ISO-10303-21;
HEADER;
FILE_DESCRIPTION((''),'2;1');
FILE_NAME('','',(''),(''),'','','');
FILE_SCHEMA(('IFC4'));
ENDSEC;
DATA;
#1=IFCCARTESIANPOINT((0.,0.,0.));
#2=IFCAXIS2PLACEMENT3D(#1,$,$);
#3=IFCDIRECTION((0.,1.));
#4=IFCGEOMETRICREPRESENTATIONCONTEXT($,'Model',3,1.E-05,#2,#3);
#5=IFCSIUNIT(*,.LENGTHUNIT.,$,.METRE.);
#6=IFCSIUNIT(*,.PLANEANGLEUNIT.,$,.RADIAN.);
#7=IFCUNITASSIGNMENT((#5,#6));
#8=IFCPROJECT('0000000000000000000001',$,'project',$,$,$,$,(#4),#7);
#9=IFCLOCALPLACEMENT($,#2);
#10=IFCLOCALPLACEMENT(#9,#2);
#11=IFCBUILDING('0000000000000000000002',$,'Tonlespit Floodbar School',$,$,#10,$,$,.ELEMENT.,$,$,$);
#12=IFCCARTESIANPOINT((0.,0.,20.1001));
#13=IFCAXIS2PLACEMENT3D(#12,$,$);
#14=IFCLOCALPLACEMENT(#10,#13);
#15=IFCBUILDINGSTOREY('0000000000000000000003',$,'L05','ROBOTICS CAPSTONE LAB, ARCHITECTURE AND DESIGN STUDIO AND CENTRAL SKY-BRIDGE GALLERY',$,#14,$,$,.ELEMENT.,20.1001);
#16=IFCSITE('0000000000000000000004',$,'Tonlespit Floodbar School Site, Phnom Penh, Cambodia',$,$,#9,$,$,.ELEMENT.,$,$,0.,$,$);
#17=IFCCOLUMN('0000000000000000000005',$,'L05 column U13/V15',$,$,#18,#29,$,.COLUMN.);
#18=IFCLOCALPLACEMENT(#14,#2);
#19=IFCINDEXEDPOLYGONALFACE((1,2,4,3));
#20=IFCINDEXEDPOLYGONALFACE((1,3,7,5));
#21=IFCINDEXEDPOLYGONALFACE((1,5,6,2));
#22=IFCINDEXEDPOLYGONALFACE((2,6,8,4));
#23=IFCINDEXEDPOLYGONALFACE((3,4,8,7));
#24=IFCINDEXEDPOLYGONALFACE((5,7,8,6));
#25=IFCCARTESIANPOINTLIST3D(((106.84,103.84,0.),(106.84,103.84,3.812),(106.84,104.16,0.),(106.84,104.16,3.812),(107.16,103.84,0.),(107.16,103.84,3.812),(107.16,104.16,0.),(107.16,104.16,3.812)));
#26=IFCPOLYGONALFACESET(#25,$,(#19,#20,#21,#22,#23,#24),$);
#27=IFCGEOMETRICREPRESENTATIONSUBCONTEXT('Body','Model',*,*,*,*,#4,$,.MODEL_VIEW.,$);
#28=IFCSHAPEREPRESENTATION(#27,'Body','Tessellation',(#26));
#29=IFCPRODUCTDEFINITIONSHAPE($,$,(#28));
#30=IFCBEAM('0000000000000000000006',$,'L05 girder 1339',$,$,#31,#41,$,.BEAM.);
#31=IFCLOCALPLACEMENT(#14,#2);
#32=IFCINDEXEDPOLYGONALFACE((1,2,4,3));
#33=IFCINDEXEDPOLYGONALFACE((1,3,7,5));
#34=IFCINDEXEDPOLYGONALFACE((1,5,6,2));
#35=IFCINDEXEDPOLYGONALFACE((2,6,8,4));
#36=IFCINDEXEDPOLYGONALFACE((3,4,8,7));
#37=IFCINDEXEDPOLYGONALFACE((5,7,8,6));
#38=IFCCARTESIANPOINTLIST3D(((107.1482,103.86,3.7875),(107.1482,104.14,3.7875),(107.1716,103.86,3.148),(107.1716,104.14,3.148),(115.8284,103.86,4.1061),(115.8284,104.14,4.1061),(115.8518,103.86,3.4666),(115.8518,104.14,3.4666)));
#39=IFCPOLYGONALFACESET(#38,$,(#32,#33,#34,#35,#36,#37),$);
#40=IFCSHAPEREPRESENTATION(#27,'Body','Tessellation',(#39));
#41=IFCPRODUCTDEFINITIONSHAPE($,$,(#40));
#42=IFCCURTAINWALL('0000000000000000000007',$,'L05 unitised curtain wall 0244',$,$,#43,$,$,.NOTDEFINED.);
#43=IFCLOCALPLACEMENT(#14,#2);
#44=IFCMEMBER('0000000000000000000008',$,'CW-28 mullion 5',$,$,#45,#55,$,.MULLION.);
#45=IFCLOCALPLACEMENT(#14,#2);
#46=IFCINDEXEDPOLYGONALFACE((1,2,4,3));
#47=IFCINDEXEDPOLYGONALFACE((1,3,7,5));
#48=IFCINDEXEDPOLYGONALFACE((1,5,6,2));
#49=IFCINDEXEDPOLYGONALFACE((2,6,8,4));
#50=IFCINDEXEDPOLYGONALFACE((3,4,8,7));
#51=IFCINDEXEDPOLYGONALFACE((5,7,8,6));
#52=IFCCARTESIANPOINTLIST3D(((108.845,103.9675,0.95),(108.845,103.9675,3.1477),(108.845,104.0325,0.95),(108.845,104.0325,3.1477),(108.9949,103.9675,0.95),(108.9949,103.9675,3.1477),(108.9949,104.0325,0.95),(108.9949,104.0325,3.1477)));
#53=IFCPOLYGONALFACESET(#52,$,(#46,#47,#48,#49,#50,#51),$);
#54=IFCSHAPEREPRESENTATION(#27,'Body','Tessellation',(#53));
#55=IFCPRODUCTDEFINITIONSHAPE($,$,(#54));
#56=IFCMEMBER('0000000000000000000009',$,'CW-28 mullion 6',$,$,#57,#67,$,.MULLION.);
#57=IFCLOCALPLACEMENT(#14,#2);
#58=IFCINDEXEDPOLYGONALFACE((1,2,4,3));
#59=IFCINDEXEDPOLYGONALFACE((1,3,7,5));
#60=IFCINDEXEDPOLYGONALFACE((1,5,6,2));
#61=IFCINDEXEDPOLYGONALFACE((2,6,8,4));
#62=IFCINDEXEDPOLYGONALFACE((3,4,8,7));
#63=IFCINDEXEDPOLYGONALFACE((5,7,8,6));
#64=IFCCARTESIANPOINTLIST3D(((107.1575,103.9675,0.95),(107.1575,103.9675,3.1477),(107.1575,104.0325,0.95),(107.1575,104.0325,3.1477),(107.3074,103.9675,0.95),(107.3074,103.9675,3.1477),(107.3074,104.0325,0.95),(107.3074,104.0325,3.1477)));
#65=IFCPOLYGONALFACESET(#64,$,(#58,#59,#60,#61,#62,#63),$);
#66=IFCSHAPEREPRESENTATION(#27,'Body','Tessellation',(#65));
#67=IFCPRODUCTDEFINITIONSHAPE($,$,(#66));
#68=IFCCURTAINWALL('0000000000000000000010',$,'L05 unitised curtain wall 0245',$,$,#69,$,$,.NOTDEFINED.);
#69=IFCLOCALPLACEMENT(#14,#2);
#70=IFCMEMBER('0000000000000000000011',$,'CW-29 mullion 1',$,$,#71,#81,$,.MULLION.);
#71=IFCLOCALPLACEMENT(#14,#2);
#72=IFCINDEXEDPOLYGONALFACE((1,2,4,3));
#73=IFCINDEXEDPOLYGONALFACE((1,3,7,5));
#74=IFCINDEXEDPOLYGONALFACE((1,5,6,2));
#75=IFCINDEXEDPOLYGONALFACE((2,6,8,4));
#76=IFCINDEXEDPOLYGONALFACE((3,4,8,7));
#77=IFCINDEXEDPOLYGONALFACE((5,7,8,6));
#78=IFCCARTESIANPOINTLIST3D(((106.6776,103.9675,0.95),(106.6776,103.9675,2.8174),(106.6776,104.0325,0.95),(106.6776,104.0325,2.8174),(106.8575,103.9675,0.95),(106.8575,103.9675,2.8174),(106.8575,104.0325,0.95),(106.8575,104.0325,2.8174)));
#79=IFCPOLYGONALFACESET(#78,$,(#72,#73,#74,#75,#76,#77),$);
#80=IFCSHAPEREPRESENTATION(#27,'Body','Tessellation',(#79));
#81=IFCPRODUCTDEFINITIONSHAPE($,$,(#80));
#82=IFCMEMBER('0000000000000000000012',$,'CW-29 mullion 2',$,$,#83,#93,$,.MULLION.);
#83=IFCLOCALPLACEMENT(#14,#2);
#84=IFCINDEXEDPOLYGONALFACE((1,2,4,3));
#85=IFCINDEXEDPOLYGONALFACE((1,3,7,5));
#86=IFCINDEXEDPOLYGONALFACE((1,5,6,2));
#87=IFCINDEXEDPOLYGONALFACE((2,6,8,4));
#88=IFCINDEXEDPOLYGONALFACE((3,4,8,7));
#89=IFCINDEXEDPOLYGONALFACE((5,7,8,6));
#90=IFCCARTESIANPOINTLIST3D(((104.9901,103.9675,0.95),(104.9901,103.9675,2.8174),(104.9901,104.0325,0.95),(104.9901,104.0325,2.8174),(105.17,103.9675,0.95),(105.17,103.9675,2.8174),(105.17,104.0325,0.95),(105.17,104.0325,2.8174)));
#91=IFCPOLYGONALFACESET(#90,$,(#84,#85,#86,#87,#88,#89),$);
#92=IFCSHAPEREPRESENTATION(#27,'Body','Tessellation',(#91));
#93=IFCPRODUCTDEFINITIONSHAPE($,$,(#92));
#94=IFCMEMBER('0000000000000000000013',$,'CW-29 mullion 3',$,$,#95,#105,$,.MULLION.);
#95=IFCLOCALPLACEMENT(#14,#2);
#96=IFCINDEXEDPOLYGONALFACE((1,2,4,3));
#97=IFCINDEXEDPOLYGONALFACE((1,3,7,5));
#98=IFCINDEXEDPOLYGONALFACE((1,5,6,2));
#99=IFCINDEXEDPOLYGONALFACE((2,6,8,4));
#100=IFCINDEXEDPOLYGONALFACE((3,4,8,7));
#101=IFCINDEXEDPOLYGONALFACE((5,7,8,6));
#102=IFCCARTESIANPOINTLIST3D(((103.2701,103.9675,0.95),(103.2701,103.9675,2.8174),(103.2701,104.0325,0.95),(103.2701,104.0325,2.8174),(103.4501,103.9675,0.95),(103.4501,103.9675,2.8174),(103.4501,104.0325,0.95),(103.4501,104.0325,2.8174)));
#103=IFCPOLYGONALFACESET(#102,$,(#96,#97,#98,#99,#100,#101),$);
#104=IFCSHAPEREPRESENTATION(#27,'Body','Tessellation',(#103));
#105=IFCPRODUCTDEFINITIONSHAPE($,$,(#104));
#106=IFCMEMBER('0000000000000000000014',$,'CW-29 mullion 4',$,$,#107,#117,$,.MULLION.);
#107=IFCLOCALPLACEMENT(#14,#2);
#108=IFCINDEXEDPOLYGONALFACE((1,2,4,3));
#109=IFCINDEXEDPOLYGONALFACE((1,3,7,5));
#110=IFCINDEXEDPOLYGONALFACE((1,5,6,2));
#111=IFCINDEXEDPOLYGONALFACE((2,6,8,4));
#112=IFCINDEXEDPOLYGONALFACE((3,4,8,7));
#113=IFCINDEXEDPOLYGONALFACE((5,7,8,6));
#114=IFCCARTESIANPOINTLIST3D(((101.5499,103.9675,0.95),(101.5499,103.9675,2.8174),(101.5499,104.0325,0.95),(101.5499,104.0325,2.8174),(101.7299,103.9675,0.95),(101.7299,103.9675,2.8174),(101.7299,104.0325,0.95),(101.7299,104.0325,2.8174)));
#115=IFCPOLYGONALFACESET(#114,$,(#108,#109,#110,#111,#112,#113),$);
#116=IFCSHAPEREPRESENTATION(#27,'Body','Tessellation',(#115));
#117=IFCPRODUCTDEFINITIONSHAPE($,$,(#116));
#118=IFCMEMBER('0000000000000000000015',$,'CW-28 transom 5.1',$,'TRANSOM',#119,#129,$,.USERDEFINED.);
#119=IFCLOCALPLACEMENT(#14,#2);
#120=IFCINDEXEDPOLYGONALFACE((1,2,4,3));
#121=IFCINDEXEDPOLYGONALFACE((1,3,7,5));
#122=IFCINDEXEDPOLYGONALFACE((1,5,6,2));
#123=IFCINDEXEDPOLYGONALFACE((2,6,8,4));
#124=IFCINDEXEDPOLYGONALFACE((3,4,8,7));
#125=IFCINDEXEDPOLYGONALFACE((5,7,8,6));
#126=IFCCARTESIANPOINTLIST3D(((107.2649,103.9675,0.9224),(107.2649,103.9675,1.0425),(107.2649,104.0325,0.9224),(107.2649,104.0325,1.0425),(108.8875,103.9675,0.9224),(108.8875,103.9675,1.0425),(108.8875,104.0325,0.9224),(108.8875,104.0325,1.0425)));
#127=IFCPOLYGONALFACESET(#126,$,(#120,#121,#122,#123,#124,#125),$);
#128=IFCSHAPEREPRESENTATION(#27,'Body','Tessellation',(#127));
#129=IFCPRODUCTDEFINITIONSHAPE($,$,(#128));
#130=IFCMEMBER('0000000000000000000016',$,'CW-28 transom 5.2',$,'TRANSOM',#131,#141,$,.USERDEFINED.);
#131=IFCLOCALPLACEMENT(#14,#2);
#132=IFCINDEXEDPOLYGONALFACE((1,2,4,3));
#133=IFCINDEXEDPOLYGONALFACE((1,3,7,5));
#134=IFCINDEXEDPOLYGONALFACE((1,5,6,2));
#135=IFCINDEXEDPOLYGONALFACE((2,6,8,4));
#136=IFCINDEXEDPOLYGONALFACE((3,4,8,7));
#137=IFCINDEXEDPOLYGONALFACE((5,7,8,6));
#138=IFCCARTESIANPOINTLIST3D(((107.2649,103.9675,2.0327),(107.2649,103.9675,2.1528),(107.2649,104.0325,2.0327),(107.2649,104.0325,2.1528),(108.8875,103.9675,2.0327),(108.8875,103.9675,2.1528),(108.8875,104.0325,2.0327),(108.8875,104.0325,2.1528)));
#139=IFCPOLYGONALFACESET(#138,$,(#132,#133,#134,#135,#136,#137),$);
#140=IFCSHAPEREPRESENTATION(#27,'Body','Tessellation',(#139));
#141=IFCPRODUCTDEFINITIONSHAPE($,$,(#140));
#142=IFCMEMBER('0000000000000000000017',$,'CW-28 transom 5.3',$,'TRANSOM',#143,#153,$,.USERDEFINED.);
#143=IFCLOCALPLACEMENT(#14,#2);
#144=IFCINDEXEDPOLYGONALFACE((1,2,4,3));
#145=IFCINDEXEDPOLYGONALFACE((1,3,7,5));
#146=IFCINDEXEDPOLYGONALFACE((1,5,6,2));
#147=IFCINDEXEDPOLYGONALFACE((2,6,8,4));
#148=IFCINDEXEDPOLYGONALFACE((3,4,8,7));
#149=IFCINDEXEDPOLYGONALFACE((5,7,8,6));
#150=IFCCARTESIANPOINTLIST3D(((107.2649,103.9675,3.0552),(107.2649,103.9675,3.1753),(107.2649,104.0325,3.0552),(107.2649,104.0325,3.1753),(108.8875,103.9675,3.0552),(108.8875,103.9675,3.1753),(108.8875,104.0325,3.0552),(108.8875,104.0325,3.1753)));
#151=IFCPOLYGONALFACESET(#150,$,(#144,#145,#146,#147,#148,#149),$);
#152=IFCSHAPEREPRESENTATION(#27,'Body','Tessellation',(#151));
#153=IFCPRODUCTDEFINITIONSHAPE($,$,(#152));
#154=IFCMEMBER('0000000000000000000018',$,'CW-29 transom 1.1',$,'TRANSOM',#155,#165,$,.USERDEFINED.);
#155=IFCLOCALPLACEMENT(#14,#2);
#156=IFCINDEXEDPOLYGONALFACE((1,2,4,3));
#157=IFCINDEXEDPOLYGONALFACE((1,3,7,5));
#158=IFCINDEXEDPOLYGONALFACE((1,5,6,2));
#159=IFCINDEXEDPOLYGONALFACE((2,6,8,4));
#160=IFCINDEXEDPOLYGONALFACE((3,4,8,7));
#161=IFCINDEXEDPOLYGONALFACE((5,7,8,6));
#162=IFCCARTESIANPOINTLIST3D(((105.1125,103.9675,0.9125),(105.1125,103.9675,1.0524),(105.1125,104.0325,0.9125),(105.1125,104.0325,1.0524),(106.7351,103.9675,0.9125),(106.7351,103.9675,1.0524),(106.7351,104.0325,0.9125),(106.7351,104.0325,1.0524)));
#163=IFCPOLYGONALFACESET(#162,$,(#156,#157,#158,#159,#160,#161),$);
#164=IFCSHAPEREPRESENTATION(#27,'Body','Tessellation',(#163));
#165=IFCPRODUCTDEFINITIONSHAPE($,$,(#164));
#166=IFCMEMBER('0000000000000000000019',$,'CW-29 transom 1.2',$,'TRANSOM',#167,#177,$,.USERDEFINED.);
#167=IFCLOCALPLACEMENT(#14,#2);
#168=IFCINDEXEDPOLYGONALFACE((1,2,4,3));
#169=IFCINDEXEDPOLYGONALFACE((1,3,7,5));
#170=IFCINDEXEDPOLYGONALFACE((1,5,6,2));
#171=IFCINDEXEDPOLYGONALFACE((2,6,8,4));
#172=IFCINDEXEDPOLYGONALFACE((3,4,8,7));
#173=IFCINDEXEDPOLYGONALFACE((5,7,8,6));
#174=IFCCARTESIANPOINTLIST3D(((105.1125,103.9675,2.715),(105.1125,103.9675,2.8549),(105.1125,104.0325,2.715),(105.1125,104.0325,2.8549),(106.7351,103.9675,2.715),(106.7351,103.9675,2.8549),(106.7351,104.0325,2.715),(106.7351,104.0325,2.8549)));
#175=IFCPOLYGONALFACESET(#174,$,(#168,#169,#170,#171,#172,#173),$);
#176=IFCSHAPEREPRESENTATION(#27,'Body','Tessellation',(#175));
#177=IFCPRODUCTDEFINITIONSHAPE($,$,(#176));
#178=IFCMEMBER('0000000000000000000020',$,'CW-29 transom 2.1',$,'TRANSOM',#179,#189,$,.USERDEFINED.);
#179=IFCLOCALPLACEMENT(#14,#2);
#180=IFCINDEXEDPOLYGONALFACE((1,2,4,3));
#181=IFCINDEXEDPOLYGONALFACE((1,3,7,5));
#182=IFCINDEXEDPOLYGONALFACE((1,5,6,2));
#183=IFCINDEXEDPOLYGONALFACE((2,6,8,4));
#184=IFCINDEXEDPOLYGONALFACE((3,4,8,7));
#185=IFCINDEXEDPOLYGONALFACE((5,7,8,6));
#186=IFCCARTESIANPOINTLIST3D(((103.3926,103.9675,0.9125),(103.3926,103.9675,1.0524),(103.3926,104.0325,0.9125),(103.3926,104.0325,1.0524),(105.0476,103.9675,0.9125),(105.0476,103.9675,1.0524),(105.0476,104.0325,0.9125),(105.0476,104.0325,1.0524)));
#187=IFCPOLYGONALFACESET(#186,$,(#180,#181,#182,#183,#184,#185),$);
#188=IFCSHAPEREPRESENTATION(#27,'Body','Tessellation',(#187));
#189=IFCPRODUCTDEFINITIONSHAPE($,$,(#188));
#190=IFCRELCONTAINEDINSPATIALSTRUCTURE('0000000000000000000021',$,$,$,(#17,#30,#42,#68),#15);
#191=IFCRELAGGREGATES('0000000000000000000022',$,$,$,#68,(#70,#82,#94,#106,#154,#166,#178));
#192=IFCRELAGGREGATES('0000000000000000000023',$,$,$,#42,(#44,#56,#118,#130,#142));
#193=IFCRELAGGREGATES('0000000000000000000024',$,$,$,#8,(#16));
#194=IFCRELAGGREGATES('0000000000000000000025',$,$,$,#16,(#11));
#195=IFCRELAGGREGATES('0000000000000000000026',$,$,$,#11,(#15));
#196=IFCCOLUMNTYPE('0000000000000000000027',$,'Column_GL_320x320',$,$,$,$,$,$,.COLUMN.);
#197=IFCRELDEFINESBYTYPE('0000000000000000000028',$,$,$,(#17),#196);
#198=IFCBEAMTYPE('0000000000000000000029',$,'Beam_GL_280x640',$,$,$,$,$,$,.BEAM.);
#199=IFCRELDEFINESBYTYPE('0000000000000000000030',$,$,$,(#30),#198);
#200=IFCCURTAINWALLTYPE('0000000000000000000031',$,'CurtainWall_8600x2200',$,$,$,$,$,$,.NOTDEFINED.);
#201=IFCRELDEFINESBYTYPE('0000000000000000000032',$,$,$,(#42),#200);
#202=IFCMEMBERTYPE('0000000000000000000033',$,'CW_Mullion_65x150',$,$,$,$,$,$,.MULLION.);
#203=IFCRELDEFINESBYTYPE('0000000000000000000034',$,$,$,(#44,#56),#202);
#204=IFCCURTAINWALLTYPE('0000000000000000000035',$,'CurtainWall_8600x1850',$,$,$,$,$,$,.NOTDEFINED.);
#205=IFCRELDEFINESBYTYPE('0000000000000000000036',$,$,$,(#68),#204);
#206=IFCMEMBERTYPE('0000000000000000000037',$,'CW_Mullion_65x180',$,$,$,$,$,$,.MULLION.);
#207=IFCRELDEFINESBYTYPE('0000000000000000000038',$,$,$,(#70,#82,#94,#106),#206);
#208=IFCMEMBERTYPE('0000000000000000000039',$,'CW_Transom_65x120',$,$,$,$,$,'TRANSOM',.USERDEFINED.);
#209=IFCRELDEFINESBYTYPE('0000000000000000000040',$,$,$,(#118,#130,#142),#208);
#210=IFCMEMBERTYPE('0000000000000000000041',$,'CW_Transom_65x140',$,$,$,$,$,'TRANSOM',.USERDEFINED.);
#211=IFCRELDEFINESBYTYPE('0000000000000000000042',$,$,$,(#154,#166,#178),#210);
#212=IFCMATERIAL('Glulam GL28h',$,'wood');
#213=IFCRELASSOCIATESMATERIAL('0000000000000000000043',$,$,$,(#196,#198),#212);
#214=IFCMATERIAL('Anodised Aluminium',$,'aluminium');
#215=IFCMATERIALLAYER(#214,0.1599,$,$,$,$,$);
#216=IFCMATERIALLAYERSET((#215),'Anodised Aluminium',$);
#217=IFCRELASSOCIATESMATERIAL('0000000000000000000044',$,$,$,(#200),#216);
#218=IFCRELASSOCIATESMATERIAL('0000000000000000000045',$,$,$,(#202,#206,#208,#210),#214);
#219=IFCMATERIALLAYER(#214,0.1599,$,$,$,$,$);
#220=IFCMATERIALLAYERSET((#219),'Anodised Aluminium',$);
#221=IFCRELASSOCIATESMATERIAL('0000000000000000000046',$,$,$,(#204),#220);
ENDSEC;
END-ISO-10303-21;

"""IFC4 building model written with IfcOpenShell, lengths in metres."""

from ifc_helpers import new_model, si_unit, direction, frame, origin, origin_2d, place, context, subcontext, project, spatial, rectangle, extrude, material, layer, layer_set, material_profile, profile_set, type_object, element, aggregate, save


model = new_model("IFC4")

# Units and contexts
model_context = context("Model", 3, precision=1e-05, world=origin(), true_north=direction((0.0, 1.0)))
body_context = subcontext(model_context, "Body", "Model", "MODEL_VIEW")
ifc_project = project(units=[si_unit("LENGTHUNIT", "METRE"), si_unit("PLANEANGLEUNIT", "RADIAN")], contexts=[model_context])

# Site, building, storey
site_placement = place(None, origin())
site = spatial("IfcSite", under=ifc_project, at=site_placement, Name="Tonlespit Floodbar School Site, Phnom Penh, Cambodia", CompositionType="ELEMENT", RefElevation=0.0)
building_placement = place(site_placement, origin())
building = spatial("IfcBuilding", under=site, at=building_placement, Name="Tonlespit Floodbar School", CompositionType="ELEMENT")
storey_placement = place(building_placement, frame((0.0, 0.0, 20.1001)))
storey = spatial("IfcBuildingStorey", under=building, at=storey_placement, Name="L05", Description="ROBOTICS CAPSTONE LAB, ARCHITECTURE AND DESIGN STUDIO AND CENTRAL SKY-BRIDGE GALLERY", CompositionType="ELEMENT", Elevation=20.1001)

# Column
ifc_material_1 = material(Name="Glulam GL28h", Category="wood")
ifc_material_profile_1 = material_profile(ifc_material_1, rectangle(XDim=0.3201, YDim=0.3201, at=origin_2d()), Name="GL 320x320")
ifc_profile_set_1 = profile_set([ifc_material_profile_1], Name="Glulam GL28h")
column_type = type_object("IfcColumnType", Name="Column_GL_320x320", PredefinedType="COLUMN", material=ifc_profile_set_1)
column_placement = place(storey_placement, frame((107.0, 104.0, 0.0), z_axis=(0.0, 0.0, 1.0), x_axis=(1.0, 0.0, 0.0)))
element("IfcColumn", 1, at=column_placement, inside=storey, type_object=column_type, Name="L05 column U13/V15", PredefinedType="COLUMN", context=body_context, shape_type="SweptSolid", body=[
    extrude(rectangle(XDim=0.3201, YDim=0.3201, at=origin_2d()), origin(), (0.0, 0.0, 1.0), 3.812),
])

# Beam
ifc_material_profile_2 = material_profile(ifc_material_1, rectangle(XDim=0.28, YDim=0.6399, at=origin_2d()), Name="GL 280x640")
ifc_profile_set_2 = profile_set([ifc_material_profile_2], Name="Glulam GL28h")
beam_type = type_object("IfcBeamType", Name="Beam_GL_280x640", PredefinedType="BEAM", material=ifc_profile_set_2)
beam_placement = place(storey_placement, frame((107.1599, 104.0, 3.4678), z_axis=(0.999327, 0.0, 0.03668), x_axis=(0.0, 1.0, 0.0)))
element("IfcBeam", 2, at=beam_placement, inside=storey, type_object=beam_type, Name="L05 girder 1339", PredefinedType="BEAM", context=body_context, shape_type="SweptSolid", body=[
    extrude(rectangle(XDim=0.28, YDim=0.6399, at=origin_2d()), origin(), (0.0, 0.0, 1.0), 8.686),
])

# Curtain walls, members
ifc_material_2 = material(Name="Anodised Aluminium", Category="aluminium")
ifc_layer_1 = layer(ifc_material_2, 0.1599)
ifc_layer_set_1 = layer_set([ifc_layer_1], Name="Anodised Aluminium")
curtain_wall_type_1 = type_object("IfcCurtainWallType", Name="CurtainWall_8600x2200", PredefinedType="NOTDEFINED", material=ifc_layer_set_1)
curtain_wall_1_placement = place(storey_placement, origin())
curtain_wall_1 = element("IfcCurtainWall", 3, at=curtain_wall_1_placement, inside=storey, type_object=curtain_wall_type_1, Name="L05 unitised curtain wall 0244", PredefinedType="NOTDEFINED")
ifc_material_profile_3 = material_profile(ifc_material_2, rectangle(XDim=0.0649, YDim=0.1499, at=origin_2d()), Name="ALU M65x150")
ifc_profile_set_3 = profile_set([ifc_material_profile_3], Name="Anodised Aluminium")
member_type_1 = type_object("IfcMemberType", Name="CW_Mullion_65x150", PredefinedType="MULLION", material=ifc_profile_set_3)
member_1_placement = place(storey_placement, frame((108.9199, 104.0, 0.95), z_axis=(0.0, 0.0, 1.0), x_axis=(0.0, -1.0, 0.0)))
member_1 = element("IfcMember", 4, at=member_1_placement, type_object=member_type_1, Name="CW-28 mullion 5", PredefinedType="MULLION", context=body_context, shape_type="SweptSolid", body=[
    extrude(rectangle(XDim=0.0649, YDim=0.1499, at=origin_2d()), origin(), (0.0, 0.0, 1.0), 2.1978),
])
member_2_placement = place(storey_placement, frame((107.2324, 104.0, 0.95), z_axis=(0.0, 0.0, 1.0), x_axis=(0.0, -1.0, 0.0)))
member_2 = element("IfcMember", 5, at=member_2_placement, type_object=member_type_1, Name="CW-28 mullion 6", PredefinedType="MULLION", context=body_context, shape_type="SweptSolid", body=[
    extrude(rectangle(XDim=0.0649, YDim=0.1499, at=origin_2d()), origin(), (0.0, 0.0, 1.0), 2.1978),
])
ifc_layer_2 = layer(ifc_material_2, 0.1599)
ifc_layer_set_2 = layer_set([ifc_layer_2], Name="Anodised Aluminium")
curtain_wall_type_2 = type_object("IfcCurtainWallType", Name="CurtainWall_8600x1850", PredefinedType="NOTDEFINED", material=ifc_layer_set_2)
curtain_wall_2_placement = place(storey_placement, origin())
curtain_wall_2 = element("IfcCurtainWall", 6, at=curtain_wall_2_placement, inside=storey, type_object=curtain_wall_type_2, Name="L05 unitised curtain wall 0245", PredefinedType="NOTDEFINED")
ifc_material_profile_4 = material_profile(ifc_material_2, rectangle(XDim=0.0649, YDim=0.1799, at=origin_2d()), Name="ALU M65x180")
ifc_profile_set_4 = profile_set([ifc_material_profile_4], Name="Anodised Aluminium")
member_type_2 = type_object("IfcMemberType", Name="CW_Mullion_65x180", PredefinedType="MULLION", material=ifc_profile_set_4)
member_3_placement = place(storey_placement, frame((106.7676, 104.0, 0.95), z_axis=(0.0, 0.0, 1.0), x_axis=(0.0, -1.0, 0.0)))
member_3 = element("IfcMember", 7, at=member_3_placement, type_object=member_type_2, Name="CW-29 mullion 1", PredefinedType="MULLION", context=body_context, shape_type="SweptSolid", body=[
    extrude(rectangle(XDim=0.0649, YDim=0.1799, at=origin_2d()), origin(), (0.0, 0.0, 1.0), 1.8674),
])
member_4_placement = place(storey_placement, frame((105.0801, 104.0, 0.95), z_axis=(0.0, 0.0, 1.0), x_axis=(0.0, -1.0, 0.0)))
member_4 = element("IfcMember", 8, at=member_4_placement, type_object=member_type_2, Name="CW-29 mullion 2", PredefinedType="MULLION", context=body_context, shape_type="SweptSolid", body=[
    extrude(rectangle(XDim=0.0649, YDim=0.1799, at=origin_2d()), origin(), (0.0, 0.0, 1.0), 1.8674),
])
member_5_placement = place(storey_placement, frame((103.3601, 104.0, 0.95), z_axis=(0.0, 0.0, 1.0), x_axis=(0.0, -1.0, 0.0)))
member_5 = element("IfcMember", 9, at=member_5_placement, type_object=member_type_2, Name="CW-29 mullion 3", PredefinedType="MULLION", context=body_context, shape_type="SweptSolid", body=[
    extrude(rectangle(XDim=0.0649, YDim=0.1799, at=origin_2d()), origin(), (0.0, 0.0, 1.0), 1.8674),
])
member_6_placement = place(storey_placement, frame((101.6399, 104.0, 0.95), z_axis=(0.0, 0.0, 1.0), x_axis=(0.0, -1.0, 0.0)))
member_6 = element("IfcMember", 10, at=member_6_placement, type_object=member_type_2, Name="CW-29 mullion 4", PredefinedType="MULLION", context=body_context, shape_type="SweptSolid", body=[
    extrude(rectangle(XDim=0.0649, YDim=0.1799, at=origin_2d()), origin(), (0.0, 0.0, 1.0), 1.8674),
])

# Members
ifc_material_profile_5 = material_profile(ifc_material_2, rectangle(XDim=0.0649, YDim=0.1201, at=origin_2d()), Name="ALU T65x120")
ifc_profile_set_5 = profile_set([ifc_material_profile_5], Name="Anodised Aluminium")
member_type_3 = type_object("IfcMemberType", Name="CW_Transom_65x120", ElementType="TRANSOM", PredefinedType="USERDEFINED", material=ifc_profile_set_5)
member_7_placement = place(storey_placement, frame((108.8875, 104.0, 0.9824), z_axis=(-1.0, 0.0, 0.0), x_axis=(0.0, -1.0, 0.0)))
member_7 = element("IfcMember", 11, at=member_7_placement, type_object=member_type_3, Name="CW-28 transom 5.1", ObjectType="TRANSOM", PredefinedType="USERDEFINED", context=body_context, shape_type="SweptSolid", body=[
    extrude(rectangle(XDim=0.0649, YDim=0.1201, at=origin_2d()), origin(), (0.0, 0.0, 1.0), 1.6226),
])
member_8_placement = place(storey_placement, frame((108.8875, 104.0, 2.0928), z_axis=(-1.0, 0.0, 0.0), x_axis=(0.0, -1.0, 0.0)))
member_8 = element("IfcMember", 12, at=member_8_placement, type_object=member_type_3, Name="CW-28 transom 5.2", ObjectType="TRANSOM", PredefinedType="USERDEFINED", context=body_context, shape_type="SweptSolid", body=[
    extrude(rectangle(XDim=0.0649, YDim=0.1201, at=origin_2d()), origin(), (0.0, 0.0, 1.0), 1.6226),
])
member_9_placement = place(storey_placement, frame((108.8875, 104.0, 3.1152), z_axis=(-1.0, 0.0, 0.0), x_axis=(0.0, -1.0, 0.0)))
member_9 = element("IfcMember", 13, at=member_9_placement, type_object=member_type_3, Name="CW-28 transom 5.3", ObjectType="TRANSOM", PredefinedType="USERDEFINED", context=body_context, shape_type="SweptSolid", body=[
    extrude(rectangle(XDim=0.0649, YDim=0.1201, at=origin_2d()), origin(), (0.0, 0.0, 1.0), 1.6226),
])
ifc_material_profile_6 = material_profile(ifc_material_2, rectangle(XDim=0.0649, YDim=0.1399, at=origin_2d()), Name="ALU T65x140")
ifc_profile_set_6 = profile_set([ifc_material_profile_6], Name="Anodised Aluminium")
member_type_4 = type_object("IfcMemberType", Name="CW_Transom_65x140", ElementType="TRANSOM", PredefinedType="USERDEFINED", material=ifc_profile_set_6)
member_10_placement = place(storey_placement, frame((106.7351, 104.0, 0.9824), z_axis=(-1.0, 0.0, 0.0), x_axis=(0.0, -1.0, 0.0)))
member_10 = element("IfcMember", 14, at=member_10_placement, type_object=member_type_4, Name="CW-29 transom 1.1", ObjectType="TRANSOM", PredefinedType="USERDEFINED", context=body_context, shape_type="SweptSolid", body=[
    extrude(rectangle(XDim=0.0649, YDim=0.1399, at=origin_2d()), origin(), (0.0, 0.0, 1.0), 1.6226),
])
member_11_placement = place(storey_placement, frame((106.7351, 104.0, 2.7849), z_axis=(-1.0, 0.0, 0.0), x_axis=(0.0, -1.0, 0.0)))
member_11 = element("IfcMember", 15, at=member_11_placement, type_object=member_type_4, Name="CW-29 transom 1.2", ObjectType="TRANSOM", PredefinedType="USERDEFINED", context=body_context, shape_type="SweptSolid", body=[
    extrude(rectangle(XDim=0.0649, YDim=0.1399, at=origin_2d()), origin(), (0.0, 0.0, 1.0), 1.6226),
])
member_12_placement = place(storey_placement, frame((105.0476, 104.0, 0.9824), z_axis=(-1.0, 0.0, 0.0), x_axis=(0.0, -1.0, 0.0)))
member_12 = element("IfcMember", 16, at=member_12_placement, type_object=member_type_4, Name="CW-29 transom 2.1", ObjectType="TRANSOM", PredefinedType="USERDEFINED", context=body_context, shape_type="SweptSolid", body=[
    extrude(rectangle(XDim=0.0649, YDim=0.1399, at=origin_2d()), origin(), (0.0, 0.0, 1.0), 1.655),
])

aggregate(curtain_wall_2, [member_3, member_4, member_5, member_6, member_10, member_11, member_12])
aggregate(curtain_wall_1, [member_1, member_2, member_7, member_8, member_9])

save(model, "model.ifc")
